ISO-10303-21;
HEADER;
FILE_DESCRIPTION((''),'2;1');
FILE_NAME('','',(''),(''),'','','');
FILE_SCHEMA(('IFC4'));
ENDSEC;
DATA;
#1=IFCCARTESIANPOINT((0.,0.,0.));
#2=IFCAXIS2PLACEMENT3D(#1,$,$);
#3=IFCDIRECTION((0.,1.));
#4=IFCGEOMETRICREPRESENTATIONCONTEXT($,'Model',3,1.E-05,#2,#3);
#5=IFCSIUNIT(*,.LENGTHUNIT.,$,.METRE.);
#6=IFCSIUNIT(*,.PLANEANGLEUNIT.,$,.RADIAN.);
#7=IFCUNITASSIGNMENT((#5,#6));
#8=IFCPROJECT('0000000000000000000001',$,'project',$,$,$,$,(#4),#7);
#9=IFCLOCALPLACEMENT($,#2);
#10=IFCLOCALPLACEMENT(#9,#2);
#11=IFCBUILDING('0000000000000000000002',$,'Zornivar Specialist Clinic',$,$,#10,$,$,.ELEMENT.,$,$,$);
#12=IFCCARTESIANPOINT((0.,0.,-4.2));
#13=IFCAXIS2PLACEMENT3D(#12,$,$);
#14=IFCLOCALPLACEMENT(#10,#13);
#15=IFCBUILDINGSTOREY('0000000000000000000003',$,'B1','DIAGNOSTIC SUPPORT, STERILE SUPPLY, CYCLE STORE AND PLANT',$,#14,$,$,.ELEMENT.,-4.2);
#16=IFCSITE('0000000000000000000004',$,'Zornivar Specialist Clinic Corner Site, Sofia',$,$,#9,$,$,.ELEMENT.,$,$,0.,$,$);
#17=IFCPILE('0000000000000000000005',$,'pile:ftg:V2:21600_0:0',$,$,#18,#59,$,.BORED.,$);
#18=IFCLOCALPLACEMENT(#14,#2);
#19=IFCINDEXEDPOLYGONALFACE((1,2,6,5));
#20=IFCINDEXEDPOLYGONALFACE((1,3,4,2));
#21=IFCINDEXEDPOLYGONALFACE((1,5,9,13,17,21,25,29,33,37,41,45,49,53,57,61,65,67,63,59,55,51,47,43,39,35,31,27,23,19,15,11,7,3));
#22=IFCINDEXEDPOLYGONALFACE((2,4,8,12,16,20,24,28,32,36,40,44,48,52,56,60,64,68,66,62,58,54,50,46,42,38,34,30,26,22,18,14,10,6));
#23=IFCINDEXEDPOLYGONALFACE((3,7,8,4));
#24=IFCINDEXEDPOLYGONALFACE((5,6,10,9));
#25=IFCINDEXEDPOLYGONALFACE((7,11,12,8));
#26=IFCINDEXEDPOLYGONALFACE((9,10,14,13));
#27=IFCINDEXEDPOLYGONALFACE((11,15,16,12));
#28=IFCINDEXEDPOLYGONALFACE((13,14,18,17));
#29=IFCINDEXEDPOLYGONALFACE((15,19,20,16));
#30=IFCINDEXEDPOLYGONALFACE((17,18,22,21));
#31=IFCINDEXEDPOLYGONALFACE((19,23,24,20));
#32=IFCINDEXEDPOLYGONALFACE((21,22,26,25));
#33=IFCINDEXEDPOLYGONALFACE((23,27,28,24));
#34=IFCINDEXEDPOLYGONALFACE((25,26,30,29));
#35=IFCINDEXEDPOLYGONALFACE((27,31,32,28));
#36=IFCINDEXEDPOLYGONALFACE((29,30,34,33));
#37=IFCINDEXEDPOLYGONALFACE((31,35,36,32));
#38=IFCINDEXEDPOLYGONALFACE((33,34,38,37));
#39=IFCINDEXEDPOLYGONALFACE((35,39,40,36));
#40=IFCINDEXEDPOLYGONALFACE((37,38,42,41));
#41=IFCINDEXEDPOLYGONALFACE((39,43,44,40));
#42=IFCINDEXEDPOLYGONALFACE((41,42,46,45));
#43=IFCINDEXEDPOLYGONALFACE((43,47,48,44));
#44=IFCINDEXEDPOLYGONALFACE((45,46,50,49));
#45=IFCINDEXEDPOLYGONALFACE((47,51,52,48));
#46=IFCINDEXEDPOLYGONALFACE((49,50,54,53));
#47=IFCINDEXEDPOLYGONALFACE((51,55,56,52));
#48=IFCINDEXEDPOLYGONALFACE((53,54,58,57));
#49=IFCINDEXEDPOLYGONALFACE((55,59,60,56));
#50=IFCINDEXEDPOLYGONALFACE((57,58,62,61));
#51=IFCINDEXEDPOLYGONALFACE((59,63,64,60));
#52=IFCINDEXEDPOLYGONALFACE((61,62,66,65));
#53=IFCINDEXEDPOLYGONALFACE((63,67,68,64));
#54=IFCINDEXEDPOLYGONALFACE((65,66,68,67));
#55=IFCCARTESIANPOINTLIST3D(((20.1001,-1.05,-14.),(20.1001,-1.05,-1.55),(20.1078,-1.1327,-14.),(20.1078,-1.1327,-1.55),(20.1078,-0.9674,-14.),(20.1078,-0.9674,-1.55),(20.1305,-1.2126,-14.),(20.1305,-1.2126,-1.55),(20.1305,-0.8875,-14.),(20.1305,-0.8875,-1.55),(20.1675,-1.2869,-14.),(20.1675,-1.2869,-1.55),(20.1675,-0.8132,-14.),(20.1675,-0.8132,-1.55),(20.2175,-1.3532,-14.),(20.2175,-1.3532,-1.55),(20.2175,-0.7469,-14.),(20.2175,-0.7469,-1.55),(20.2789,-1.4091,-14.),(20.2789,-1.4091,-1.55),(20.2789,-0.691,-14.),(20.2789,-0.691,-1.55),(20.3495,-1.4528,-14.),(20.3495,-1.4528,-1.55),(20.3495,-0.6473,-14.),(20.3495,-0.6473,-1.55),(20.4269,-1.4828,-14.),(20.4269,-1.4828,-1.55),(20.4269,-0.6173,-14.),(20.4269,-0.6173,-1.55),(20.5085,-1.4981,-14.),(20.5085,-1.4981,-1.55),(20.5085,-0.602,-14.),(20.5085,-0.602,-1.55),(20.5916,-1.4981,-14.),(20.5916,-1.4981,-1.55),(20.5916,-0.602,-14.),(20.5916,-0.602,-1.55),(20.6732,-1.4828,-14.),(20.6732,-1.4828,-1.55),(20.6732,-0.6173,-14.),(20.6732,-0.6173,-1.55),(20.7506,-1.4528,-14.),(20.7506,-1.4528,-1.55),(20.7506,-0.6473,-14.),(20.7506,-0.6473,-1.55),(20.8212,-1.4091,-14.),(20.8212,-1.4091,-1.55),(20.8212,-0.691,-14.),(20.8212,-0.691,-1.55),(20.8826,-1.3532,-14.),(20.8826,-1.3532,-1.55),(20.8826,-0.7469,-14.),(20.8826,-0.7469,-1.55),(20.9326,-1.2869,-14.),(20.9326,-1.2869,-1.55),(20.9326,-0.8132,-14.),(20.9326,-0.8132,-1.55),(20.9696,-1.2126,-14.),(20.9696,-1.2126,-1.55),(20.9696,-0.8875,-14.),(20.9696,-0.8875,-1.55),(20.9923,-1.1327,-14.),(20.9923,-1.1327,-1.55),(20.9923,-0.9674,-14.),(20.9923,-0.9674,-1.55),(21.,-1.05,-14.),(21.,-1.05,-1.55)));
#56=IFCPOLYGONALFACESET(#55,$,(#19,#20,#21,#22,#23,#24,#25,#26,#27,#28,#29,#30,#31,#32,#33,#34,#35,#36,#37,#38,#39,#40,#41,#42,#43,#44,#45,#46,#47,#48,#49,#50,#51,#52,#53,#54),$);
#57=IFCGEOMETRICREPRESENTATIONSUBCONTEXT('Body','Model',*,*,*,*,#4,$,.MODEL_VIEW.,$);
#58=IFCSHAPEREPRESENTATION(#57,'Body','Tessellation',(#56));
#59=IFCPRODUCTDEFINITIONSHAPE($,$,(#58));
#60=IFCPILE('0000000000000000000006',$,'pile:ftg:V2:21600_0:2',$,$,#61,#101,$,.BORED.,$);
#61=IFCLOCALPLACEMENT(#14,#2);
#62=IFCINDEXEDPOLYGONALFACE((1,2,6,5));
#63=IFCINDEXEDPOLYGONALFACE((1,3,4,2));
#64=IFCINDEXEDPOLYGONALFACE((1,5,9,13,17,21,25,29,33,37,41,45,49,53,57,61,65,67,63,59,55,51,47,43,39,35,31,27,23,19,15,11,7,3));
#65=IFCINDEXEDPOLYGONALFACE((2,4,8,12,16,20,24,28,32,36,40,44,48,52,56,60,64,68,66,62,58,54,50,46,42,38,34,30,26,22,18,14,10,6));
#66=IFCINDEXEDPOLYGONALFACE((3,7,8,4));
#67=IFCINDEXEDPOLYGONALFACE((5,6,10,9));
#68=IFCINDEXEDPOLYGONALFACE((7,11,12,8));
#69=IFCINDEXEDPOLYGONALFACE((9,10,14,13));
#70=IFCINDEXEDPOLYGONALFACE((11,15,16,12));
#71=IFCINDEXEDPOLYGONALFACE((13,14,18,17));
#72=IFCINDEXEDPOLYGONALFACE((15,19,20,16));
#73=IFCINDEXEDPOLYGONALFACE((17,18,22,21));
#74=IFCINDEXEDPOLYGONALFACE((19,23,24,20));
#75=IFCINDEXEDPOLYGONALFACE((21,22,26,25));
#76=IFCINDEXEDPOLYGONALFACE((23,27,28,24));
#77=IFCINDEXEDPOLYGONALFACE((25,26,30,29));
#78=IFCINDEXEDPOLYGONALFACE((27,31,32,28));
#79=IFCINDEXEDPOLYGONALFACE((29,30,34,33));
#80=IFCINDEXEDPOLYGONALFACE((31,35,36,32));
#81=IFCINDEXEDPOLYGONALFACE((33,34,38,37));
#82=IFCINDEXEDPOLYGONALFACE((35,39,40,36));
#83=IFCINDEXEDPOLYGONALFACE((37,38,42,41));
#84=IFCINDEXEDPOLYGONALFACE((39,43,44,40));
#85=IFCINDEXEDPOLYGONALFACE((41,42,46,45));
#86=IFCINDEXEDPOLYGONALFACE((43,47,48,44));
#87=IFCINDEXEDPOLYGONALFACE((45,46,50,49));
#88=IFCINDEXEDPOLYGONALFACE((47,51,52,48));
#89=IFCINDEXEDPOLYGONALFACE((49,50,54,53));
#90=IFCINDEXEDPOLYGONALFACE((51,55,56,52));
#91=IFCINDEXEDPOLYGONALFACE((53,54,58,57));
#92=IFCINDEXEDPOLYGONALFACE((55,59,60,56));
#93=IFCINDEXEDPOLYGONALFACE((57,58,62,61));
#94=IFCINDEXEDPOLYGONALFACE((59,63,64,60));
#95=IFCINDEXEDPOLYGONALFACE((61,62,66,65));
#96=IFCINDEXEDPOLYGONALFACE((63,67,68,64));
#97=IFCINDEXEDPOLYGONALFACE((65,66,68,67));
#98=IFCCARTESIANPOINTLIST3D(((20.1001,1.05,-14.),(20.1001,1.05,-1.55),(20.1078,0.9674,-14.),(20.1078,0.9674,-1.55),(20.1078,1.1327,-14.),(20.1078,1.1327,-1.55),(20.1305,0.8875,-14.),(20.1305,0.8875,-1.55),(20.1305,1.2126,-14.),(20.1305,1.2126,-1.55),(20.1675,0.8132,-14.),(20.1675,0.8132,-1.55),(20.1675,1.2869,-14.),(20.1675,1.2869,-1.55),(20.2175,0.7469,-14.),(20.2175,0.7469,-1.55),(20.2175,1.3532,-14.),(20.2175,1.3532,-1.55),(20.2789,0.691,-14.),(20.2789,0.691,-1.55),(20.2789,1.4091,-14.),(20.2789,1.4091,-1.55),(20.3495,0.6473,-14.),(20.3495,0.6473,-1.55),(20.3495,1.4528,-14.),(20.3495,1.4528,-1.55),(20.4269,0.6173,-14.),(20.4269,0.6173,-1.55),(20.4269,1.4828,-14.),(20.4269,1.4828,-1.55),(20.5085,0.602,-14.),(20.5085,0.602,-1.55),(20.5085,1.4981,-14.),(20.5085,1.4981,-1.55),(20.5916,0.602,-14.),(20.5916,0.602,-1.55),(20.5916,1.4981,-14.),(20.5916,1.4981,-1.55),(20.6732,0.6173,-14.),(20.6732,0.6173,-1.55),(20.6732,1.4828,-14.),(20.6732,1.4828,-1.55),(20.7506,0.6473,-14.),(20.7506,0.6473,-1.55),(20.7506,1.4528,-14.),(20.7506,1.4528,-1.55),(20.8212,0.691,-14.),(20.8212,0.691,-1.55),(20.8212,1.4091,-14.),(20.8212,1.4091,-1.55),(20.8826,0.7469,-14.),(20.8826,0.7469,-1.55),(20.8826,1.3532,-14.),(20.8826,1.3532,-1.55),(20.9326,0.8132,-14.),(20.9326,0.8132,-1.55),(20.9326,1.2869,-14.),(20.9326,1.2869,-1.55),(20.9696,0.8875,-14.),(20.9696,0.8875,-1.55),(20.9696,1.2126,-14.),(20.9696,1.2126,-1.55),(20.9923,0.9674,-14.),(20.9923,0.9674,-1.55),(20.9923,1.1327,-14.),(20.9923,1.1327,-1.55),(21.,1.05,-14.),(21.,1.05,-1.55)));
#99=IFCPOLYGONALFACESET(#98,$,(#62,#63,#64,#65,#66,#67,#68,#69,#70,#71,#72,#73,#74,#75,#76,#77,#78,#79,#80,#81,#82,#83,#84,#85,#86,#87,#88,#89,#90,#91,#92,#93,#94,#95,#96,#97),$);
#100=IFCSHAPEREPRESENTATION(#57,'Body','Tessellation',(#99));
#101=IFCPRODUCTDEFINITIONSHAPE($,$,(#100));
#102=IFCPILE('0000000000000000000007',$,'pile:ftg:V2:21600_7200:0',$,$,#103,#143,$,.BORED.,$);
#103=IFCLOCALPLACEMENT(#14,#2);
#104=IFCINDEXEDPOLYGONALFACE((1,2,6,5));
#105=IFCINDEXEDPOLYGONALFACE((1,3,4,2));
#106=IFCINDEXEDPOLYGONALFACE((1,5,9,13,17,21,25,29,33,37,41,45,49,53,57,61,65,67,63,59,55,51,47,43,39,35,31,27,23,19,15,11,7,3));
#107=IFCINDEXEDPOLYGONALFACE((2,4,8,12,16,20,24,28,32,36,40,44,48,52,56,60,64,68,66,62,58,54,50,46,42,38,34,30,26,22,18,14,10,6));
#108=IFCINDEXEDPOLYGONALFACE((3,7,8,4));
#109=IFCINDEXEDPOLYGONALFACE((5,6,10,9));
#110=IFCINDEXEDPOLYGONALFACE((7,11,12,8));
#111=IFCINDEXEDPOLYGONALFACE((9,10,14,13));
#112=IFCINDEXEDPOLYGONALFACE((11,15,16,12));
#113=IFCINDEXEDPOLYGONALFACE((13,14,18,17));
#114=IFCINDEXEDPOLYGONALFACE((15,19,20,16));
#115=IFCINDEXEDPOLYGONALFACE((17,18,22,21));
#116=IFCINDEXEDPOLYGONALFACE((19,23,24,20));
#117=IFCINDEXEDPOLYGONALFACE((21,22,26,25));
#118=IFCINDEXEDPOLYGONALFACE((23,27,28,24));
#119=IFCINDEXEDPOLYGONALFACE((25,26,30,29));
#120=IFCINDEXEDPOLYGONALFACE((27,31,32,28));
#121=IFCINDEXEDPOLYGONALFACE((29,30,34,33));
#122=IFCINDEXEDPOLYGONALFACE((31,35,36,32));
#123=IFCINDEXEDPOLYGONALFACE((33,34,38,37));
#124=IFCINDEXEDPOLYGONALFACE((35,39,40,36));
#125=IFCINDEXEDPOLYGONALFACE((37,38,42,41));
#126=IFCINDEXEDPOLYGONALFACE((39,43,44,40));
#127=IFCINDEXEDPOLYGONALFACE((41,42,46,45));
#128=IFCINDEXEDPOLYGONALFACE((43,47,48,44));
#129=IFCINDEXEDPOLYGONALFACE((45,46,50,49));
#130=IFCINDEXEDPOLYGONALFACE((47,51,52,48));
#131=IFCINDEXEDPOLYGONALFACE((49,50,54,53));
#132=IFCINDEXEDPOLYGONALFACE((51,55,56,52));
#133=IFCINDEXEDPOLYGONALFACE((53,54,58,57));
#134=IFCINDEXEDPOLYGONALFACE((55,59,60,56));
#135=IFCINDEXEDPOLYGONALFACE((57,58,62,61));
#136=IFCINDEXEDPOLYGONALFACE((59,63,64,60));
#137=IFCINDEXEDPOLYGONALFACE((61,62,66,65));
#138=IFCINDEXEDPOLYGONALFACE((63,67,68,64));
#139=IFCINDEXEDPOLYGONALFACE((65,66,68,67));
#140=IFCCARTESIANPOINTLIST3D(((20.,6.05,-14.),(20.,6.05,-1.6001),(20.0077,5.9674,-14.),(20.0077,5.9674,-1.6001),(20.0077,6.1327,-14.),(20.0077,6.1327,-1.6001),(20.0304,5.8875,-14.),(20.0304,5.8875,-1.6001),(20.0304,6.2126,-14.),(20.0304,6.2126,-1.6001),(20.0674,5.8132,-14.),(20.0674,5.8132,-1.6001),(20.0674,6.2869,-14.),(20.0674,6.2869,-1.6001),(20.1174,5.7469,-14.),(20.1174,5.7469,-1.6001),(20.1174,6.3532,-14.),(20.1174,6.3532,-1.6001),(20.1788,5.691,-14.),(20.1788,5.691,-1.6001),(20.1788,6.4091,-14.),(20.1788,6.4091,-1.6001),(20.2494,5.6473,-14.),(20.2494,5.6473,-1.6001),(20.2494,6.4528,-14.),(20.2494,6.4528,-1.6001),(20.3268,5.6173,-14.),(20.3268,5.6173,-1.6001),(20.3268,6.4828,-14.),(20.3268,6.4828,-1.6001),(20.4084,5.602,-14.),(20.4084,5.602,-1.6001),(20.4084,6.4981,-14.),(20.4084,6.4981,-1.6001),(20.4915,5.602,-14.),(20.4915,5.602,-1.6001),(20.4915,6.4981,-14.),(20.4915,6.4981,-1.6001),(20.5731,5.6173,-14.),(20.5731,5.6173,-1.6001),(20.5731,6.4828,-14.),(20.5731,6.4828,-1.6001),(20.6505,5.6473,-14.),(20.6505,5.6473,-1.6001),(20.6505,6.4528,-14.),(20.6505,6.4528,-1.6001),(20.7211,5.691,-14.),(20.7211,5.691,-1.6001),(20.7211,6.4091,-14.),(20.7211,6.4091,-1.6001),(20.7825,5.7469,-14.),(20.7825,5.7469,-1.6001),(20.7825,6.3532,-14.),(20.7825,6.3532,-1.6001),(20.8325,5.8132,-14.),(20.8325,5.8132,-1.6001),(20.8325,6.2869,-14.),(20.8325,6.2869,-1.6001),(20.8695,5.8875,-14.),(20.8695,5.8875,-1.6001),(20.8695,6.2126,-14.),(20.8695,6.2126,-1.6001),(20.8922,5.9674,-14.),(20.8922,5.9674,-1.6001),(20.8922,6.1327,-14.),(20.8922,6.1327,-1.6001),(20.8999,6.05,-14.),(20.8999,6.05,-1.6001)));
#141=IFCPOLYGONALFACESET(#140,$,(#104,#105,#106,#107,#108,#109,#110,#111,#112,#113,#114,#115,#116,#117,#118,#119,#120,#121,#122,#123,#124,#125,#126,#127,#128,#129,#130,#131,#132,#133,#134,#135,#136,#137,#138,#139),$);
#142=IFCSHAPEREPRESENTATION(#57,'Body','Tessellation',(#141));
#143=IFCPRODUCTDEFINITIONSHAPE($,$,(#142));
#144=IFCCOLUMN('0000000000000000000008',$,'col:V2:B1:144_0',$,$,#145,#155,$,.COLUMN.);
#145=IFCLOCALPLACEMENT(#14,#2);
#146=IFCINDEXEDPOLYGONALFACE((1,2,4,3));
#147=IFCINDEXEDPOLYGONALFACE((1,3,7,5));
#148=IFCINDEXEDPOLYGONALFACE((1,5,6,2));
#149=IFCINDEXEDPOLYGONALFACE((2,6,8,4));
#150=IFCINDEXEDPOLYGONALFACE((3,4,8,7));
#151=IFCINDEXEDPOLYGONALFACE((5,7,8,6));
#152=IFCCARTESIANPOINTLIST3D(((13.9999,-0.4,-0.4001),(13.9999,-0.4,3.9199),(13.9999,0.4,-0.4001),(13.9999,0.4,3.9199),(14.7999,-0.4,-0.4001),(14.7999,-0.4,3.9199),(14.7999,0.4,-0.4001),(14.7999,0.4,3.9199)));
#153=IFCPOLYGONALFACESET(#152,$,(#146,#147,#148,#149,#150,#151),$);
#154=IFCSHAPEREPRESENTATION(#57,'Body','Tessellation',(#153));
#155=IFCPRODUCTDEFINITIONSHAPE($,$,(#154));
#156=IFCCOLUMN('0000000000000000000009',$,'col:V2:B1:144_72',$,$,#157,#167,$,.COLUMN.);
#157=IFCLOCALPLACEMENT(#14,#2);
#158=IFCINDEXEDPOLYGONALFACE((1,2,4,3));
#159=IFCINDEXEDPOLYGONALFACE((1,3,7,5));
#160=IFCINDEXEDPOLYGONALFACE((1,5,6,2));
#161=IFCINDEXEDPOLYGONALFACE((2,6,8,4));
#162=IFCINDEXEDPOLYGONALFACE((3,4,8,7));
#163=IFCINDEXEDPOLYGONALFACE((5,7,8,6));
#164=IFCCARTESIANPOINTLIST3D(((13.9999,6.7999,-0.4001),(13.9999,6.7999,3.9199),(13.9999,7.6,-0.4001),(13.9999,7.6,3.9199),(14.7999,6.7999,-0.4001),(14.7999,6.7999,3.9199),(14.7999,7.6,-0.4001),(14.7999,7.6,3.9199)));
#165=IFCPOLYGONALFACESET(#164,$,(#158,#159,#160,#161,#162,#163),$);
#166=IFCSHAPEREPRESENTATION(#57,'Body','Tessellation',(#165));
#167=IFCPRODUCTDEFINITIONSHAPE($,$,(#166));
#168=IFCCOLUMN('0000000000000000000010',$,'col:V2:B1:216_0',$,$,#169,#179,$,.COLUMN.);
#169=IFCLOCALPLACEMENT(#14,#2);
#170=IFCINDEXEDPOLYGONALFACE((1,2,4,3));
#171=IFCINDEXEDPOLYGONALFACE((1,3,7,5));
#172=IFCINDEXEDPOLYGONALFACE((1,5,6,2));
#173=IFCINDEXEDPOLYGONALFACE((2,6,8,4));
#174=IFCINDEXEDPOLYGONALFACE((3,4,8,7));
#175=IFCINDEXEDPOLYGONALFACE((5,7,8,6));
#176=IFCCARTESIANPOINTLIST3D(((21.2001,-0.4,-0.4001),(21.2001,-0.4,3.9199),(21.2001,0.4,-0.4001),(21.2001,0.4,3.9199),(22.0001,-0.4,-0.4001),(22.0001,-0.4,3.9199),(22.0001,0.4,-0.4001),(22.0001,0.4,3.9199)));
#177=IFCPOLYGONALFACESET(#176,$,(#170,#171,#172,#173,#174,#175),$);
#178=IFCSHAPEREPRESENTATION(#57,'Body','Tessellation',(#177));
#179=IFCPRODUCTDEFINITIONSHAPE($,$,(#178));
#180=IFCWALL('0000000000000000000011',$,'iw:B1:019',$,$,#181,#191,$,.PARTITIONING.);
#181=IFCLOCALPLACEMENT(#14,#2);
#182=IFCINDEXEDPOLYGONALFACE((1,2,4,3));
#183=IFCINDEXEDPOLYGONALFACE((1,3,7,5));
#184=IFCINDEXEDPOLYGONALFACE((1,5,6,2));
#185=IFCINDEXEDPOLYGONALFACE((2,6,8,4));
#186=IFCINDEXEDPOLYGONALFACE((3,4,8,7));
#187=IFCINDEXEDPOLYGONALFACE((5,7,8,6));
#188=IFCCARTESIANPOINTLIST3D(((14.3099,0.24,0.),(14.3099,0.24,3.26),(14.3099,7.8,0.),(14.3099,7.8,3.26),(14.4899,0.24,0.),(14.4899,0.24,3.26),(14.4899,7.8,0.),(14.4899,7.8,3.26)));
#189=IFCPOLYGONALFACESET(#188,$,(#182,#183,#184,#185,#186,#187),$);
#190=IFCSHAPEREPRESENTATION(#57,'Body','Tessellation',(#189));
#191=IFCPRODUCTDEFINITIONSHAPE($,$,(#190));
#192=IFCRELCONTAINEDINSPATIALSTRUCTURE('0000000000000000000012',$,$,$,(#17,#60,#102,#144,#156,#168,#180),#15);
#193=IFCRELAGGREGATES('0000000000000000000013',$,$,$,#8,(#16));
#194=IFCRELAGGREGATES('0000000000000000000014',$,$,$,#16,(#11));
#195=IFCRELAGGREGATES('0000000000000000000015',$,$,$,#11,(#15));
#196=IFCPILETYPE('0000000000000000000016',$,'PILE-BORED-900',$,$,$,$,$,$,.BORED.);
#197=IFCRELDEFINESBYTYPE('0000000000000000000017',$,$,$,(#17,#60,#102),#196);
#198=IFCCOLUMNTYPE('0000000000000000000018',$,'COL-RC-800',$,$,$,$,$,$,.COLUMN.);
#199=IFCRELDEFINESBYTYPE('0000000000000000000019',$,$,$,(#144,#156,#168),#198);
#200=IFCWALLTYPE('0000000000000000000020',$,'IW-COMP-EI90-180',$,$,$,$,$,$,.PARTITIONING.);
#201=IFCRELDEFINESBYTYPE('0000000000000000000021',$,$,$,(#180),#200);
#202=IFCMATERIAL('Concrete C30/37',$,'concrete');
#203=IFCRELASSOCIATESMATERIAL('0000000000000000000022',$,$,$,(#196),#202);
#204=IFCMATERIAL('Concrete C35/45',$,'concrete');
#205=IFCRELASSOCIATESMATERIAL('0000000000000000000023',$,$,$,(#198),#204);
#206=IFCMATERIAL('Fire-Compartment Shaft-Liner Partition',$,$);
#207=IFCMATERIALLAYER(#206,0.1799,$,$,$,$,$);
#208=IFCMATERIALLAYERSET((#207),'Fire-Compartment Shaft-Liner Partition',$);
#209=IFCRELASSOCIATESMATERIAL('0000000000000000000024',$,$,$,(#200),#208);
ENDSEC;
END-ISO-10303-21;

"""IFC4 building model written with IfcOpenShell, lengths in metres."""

from ifc_helpers import new_model, si_unit, direction, frame, frame_2d, origin, origin_2d, place, context, subcontext, project, spatial, rectangle, circle, extrude, material, layer, layer_set, material_profile, profile_set, type_object, element, save


model = new_model("IFC4")

# Units and contexts
model_context = context("Model", 3, precision=1e-05, world=origin(), true_north=direction((0.0, 1.0)))
body_context = subcontext(model_context, "Body", "Model", "MODEL_VIEW")
ifc_project = project(units=[si_unit("LENGTHUNIT", "METRE"), si_unit("PLANEANGLEUNIT", "RADIAN")], contexts=[model_context])

# Site, building, storey
site_placement = place(None, origin())
site = spatial("IfcSite", under=ifc_project, at=site_placement, Name="Zornivar Specialist Clinic Corner Site, Sofia", CompositionType="ELEMENT", RefElevation=0.0)
building_placement = place(site_placement, origin())
building = spatial("IfcBuilding", under=site, at=building_placement, Name="Zornivar Specialist Clinic", CompositionType="ELEMENT")
storey_placement = place(building_placement, frame((0.0, 0.0, -4.2)))
storey = spatial("IfcBuildingStorey", under=building, at=storey_placement, Name="B1", Description="DIAGNOSTIC SUPPORT, STERILE SUPPLY, CYCLE STORE AND PLANT", CompositionType="ELEMENT", Elevation=-4.2)

# Piles
ifc_material_1 = material(Name="Concrete C30/37", Category="concrete")
ifc_material_profile_1 = material_profile(ifc_material_1, circle(Radius=0.45, at=origin_2d()), Name="PILE D900")
ifc_profile_set_1 = profile_set([ifc_material_profile_1], Name="Concrete C30/37")
pile_type = type_object("IfcPileType", Name="PILE-BORED-900", PredefinedType="BORED", material=ifc_profile_set_1)
for number, where, z_axis, x_axis, name in (
    (1, (20.55, -1.05, -1.55), (0.0, 0.0, -1.0), (1.0, 0.0, 0.0), "pile:ftg:V2:21600_0:0"),
    (2, (20.55, 1.05, -1.55), (0.0, 0.0, -1.0), (1.0, 0.0, 0.0), "pile:ftg:V2:21600_0:2"),
):
    element("IfcPile", number, at=place(storey_placement, frame(where, z_axis=z_axis, x_axis=x_axis)), inside=storey, type_object=pile_type, Name=name, PredefinedType="BORED", context=body_context, shape_type="SweptSolid", body=[
        extrude(circle(Radius=0.45, at=origin_2d()), origin(), (0.0, 0.0, 1.0), 12.45),
    ])
pile_placement = place(storey_placement, frame((20.45, 6.05, -1.6001), z_axis=(0.0, 0.0, -1.0), x_axis=(1.0, 0.0, 0.0)))
element("IfcPile", 3, at=pile_placement, inside=storey, type_object=pile_type, Name="pile:ftg:V2:21600_7200:0", PredefinedType="BORED", context=body_context, shape_type="SweptSolid", body=[
    extrude(circle(Radius=0.45, at=origin_2d()), origin(), (0.0, 0.0, 1.0), 12.3999),
])

# Columns
ifc_material_2 = material(Name="Concrete C35/45", Category="concrete")
ifc_material_profile_2 = material_profile(ifc_material_2, rectangle(XDim=0.8, YDim=0.8, at=origin_2d()), Name="RC 800x800")
ifc_profile_set_2 = profile_set([ifc_material_profile_2], Name="Concrete C35/45")
column_type = type_object("IfcColumnType", Name="COL-RC-800", PredefinedType="COLUMN", material=ifc_profile_set_2)
for number, where, z_axis, x_axis, name in (
    (4, (14.3999, 0.0, -0.4001), (0.0, 0.0, 1.0), (1.0, 0.0, 0.0), "col:V2:B1:144_0"),
    (5, (14.3999, 7.2, -0.4001), (0.0, 0.0, 1.0), (1.0, 0.0, 0.0), "col:V2:B1:144_72"),
    (6, (21.6001, 0.0, -0.4001), (0.0, 0.0, 1.0), (1.0, 0.0, 0.0), "col:V2:B1:216_0"),
):
    element("IfcColumn", number, at=place(storey_placement, frame(where, z_axis=z_axis, x_axis=x_axis)), inside=storey, type_object=column_type, Name=name, PredefinedType="COLUMN", context=body_context, shape_type="SweptSolid", body=[
        extrude(rectangle(XDim=0.8, YDim=0.8, at=origin_2d()), origin(), (0.0, 0.0, 1.0), 4.3201),
    ])

# Wall
ifc_material_3 = material(Name="Fire-Compartment Shaft-Liner Partition")
ifc_layer_1 = layer(ifc_material_3, 0.1799)
ifc_layer_set_1 = layer_set([ifc_layer_1], Name="Fire-Compartment Shaft-Liner Partition")
wall_type_1 = type_object("IfcWallType", Name="IW-COMP-EI90-180", PredefinedType="PARTITIONING", material=ifc_layer_set_1)
wall_1_placement = place(storey_placement, frame((14.3999, 0.24, 0.0), z_axis=(0.0, 0.0, 1.0), x_axis=(0.0, 1.0, 0.0)))
element("IfcWall", 7, at=wall_1_placement, inside=storey, type_object=wall_type_1, Name="iw:B1:019", PredefinedType="PARTITIONING", context=body_context, shape_type="SweptSolid", body=[
    extrude(rectangle(XDim=7.5601, YDim=0.1799, at=frame_2d((3.78, 0.0))), origin(), (0.0, 0.0, 1.0), 3.26),
])

save(model, "model.ifc")
